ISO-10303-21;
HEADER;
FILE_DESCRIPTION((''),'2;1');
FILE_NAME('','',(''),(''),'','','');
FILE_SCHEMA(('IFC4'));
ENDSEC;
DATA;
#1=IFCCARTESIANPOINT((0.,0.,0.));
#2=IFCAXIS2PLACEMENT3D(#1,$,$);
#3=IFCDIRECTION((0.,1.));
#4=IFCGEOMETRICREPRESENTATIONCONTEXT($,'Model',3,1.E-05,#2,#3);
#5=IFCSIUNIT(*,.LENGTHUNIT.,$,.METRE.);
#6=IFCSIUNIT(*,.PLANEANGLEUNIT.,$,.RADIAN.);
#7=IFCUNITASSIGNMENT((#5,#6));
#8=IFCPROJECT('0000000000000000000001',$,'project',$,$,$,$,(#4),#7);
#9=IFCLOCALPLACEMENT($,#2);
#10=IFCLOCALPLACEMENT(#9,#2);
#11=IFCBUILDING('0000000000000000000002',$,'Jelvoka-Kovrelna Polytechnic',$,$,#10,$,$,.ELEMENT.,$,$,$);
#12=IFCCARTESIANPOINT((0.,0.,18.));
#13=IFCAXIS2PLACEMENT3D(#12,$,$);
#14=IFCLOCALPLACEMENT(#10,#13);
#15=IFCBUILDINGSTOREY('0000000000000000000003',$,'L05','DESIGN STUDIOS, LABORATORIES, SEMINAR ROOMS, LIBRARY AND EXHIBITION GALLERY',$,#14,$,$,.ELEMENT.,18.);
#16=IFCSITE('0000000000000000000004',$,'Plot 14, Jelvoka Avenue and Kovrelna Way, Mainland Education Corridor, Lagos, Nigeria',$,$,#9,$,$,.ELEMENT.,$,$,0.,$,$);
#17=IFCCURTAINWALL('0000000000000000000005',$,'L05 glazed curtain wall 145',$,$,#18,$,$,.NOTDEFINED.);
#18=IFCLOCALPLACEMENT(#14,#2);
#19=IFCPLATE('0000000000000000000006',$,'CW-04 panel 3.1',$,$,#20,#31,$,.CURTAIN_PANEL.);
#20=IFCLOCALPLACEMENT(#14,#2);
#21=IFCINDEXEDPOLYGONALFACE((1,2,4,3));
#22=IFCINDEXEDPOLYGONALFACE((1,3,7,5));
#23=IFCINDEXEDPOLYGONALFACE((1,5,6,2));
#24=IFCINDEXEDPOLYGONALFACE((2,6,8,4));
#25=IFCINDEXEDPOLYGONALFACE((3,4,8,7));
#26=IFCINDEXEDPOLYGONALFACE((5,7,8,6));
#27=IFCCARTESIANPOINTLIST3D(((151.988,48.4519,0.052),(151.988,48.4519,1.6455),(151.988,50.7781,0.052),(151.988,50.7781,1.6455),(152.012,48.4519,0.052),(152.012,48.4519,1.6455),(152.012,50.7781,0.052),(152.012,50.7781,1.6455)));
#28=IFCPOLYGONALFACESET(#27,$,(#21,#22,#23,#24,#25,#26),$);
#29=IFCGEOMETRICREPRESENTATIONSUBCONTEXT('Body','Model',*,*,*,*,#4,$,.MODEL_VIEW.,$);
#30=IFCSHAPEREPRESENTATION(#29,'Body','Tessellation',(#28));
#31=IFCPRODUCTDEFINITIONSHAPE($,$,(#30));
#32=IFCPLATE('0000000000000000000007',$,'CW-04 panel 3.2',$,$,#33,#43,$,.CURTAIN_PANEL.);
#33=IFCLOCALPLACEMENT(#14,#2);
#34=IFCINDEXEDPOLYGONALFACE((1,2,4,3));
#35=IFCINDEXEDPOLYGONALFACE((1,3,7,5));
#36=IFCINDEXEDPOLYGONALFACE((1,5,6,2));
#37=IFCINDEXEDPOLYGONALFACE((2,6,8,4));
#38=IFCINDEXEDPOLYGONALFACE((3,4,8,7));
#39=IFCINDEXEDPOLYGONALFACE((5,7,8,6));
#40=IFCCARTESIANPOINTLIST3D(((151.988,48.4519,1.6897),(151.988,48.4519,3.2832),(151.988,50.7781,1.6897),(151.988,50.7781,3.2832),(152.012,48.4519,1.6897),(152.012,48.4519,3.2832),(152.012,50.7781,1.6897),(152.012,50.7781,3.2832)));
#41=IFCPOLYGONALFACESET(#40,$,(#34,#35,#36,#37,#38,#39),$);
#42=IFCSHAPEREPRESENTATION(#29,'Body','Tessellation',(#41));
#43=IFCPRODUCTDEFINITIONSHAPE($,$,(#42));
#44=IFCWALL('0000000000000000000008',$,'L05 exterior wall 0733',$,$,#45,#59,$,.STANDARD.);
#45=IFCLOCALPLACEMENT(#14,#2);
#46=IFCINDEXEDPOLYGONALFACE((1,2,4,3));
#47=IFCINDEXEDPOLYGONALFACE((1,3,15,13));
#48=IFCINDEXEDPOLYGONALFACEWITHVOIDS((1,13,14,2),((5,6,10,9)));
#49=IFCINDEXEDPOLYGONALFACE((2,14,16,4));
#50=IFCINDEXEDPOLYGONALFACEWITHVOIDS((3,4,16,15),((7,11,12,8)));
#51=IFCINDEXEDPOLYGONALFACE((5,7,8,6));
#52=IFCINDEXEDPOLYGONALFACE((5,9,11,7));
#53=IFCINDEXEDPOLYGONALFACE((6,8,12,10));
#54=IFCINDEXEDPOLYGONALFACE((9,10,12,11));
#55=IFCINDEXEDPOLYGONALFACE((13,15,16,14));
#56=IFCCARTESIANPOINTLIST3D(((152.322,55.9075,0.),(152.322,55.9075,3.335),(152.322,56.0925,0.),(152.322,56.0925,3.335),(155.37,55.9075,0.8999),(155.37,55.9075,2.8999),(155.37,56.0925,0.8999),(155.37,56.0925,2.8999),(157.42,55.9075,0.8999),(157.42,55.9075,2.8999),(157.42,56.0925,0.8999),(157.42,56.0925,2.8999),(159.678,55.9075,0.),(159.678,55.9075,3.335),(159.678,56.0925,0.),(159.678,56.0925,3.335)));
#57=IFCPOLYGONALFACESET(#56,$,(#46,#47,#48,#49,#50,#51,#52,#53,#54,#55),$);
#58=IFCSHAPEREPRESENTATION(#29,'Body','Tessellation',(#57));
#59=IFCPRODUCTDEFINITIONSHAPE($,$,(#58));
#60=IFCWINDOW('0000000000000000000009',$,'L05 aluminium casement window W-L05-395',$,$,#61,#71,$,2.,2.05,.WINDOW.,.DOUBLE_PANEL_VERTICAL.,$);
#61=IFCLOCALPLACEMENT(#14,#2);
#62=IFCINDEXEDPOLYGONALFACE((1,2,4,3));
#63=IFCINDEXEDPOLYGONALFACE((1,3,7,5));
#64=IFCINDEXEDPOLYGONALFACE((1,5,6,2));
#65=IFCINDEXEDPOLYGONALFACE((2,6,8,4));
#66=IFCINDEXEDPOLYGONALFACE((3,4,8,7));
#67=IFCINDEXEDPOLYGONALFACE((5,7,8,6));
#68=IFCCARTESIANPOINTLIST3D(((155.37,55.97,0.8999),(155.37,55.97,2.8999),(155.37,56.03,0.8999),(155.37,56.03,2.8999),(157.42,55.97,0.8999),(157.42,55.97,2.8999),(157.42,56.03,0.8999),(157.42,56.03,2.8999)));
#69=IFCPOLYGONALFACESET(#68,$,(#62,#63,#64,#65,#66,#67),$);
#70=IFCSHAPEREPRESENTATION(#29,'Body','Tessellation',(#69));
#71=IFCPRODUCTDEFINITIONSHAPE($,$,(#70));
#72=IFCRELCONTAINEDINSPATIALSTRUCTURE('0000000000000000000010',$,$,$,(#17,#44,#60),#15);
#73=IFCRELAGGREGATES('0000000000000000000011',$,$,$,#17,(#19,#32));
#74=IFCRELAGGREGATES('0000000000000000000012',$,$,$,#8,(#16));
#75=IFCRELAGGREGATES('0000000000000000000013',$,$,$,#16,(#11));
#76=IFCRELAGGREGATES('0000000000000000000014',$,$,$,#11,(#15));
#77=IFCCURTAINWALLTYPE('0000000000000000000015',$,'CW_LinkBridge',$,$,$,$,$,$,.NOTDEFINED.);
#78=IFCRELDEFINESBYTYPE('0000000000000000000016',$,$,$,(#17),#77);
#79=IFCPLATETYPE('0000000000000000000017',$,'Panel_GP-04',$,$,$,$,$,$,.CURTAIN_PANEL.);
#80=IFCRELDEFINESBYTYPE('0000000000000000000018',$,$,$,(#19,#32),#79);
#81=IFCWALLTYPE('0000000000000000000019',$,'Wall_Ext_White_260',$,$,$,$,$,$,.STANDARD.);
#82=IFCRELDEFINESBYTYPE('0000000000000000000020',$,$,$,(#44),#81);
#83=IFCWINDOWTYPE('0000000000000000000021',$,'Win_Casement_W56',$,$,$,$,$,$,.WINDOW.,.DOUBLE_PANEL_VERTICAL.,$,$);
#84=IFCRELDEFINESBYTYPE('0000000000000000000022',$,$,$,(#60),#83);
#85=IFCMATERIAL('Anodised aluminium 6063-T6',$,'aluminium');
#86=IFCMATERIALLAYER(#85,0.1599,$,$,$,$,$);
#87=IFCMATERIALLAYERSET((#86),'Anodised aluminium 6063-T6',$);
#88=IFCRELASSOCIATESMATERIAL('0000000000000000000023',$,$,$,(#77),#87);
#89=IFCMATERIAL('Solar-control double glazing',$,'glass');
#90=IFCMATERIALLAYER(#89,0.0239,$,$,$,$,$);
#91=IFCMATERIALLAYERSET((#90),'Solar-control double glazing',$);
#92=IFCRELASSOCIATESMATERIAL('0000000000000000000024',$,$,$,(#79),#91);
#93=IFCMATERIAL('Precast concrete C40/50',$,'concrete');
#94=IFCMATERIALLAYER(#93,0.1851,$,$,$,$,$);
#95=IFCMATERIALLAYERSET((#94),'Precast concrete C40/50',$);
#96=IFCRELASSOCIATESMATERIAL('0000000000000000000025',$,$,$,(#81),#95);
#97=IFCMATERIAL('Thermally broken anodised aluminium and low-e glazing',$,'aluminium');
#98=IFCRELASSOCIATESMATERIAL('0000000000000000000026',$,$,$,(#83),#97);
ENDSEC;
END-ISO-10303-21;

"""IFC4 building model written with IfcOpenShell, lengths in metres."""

from ifc_helpers import new_model, si_unit, direction, frame, frame_2d, origin, origin_2d, place, context, subcontext, project, spatial, rectangle, extrude, material, layer, layer_set, type_object, element, fill, aggregate, save


model = new_model("IFC4")

# Units and contexts
model_context = context("Model", 3, precision=1e-05, world=origin(), true_north=direction((0.0, 1.0)))
body_context = subcontext(model_context, "Body", "Model", "MODEL_VIEW")
ifc_project = project(units=[si_unit("LENGTHUNIT", "METRE"), si_unit("PLANEANGLEUNIT", "RADIAN")], contexts=[model_context])

# Site, building, storey
site_placement = place(None, origin())
site = spatial("IfcSite", under=ifc_project, at=site_placement, Name="Plot 14, Jelvoka Avenue and Kovrelna Way, Mainland Education Corridor, Lagos, Nigeria", CompositionType="ELEMENT", RefElevation=0.0)
building_placement = place(site_placement, origin())
building = spatial("IfcBuilding", under=site, at=building_placement, Name="Jelvoka-Kovrelna Polytechnic", CompositionType="ELEMENT")
storey_placement = place(building_placement, frame((0.0, 0.0, 18.0)))
storey = spatial("IfcBuildingStorey", under=building, at=storey_placement, Name="L05", Description="DESIGN STUDIOS, LABORATORIES, SEMINAR ROOMS, LIBRARY AND EXHIBITION GALLERY", CompositionType="ELEMENT", Elevation=18.0)

# Curtain wall, plates
ifc_material_1 = material(Name="Anodised aluminium 6063-T6", Category="aluminium")
ifc_layer_1 = layer(ifc_material_1, 0.1599)
ifc_layer_set_1 = layer_set([ifc_layer_1], Name="Anodised aluminium 6063-T6")
curtain_wall_type = type_object("IfcCurtainWallType", Name="CW_LinkBridge", PredefinedType="NOTDEFINED", material=ifc_layer_set_1)
curtain_wall_placement = place(storey_placement, origin())
curtain_wall = element("IfcCurtainWall", 1, at=curtain_wall_placement, inside=storey, type_object=curtain_wall_type, Name="L05 glazed curtain wall 145", PredefinedType="NOTDEFINED")
ifc_material_2 = material(Name="Solar-control double glazing", Category="glass")
ifc_layer_2 = layer(ifc_material_2, 0.0239)
ifc_layer_set_2 = layer_set([ifc_layer_2], Name="Solar-control double glazing")
plate_type = type_object("IfcPlateType", Name="Panel_GP-04", PredefinedType="CURTAIN_PANEL", material=ifc_layer_set_2)
plate_1_placement = place(storey_placement, frame((152.0, 49.615, 0.052), z_axis=(0.0, 0.0, 1.0), x_axis=(0.0, -1.0, 0.0)))
plate_1 = element("IfcPlate", 2, at=plate_1_placement, type_object=plate_type, Name="CW-04 panel 3.1", PredefinedType="CURTAIN_PANEL", context=body_context, shape_type="SweptSolid", body=[
    extrude(rectangle(XDim=2.3262, YDim=0.0239, at=origin_2d()), origin(), (0.0, 0.0, 1.0), 1.5935),
])
plate_2_placement = place(storey_placement, frame((152.0, 49.615, 1.6897), z_axis=(0.0, 0.0, 1.0), x_axis=(0.0, -1.0, 0.0)))
plate_2 = element("IfcPlate", 3, at=plate_2_placement, type_object=plate_type, Name="CW-04 panel 3.2", PredefinedType="CURTAIN_PANEL", context=body_context, shape_type="SweptSolid", body=[
    extrude(rectangle(XDim=2.3262, YDim=0.0239, at=origin_2d()), origin(), (0.0, 0.0, 1.0), 1.5935),
])
aggregate(curtain_wall, [plate_1, plate_2])

# Wall, opening, window
ifc_material_3 = material(Name="Precast concrete C40/50", Category="concrete")
ifc_layer_3 = layer(ifc_material_3, 0.1851)
ifc_layer_set_3 = layer_set([ifc_layer_3], Name="Precast concrete C40/50")
wall_type = type_object("IfcWallType", Name="Wall_Ext_White_260", PredefinedType="STANDARD", material=ifc_layer_set_3)
wall_placement = place(storey_placement, frame((159.678, 56.0, 0.0), z_axis=(0.0, 0.0, 1.0), x_axis=(-1.0, 0.0, 0.0)))
wall = element("IfcWall", 4, at=wall_placement, inside=storey, type_object=wall_type, Name="L05 exterior wall 0733", PredefinedType="STANDARD", context=body_context, shape_type="SweptSolid", body=[
    extrude(rectangle(XDim=7.356, YDim=0.1851, at=frame_2d((3.678, 0.0))), origin(), (0.0, 0.0, 1.0), 3.335),
])
opening_placement = place(wall_placement, frame((2.2581, 0.0, 0.8999)))
opening = element("IfcOpeningElement", 5, at=opening_placement, cuts=wall, PredefinedType="OPENING", context=body_context, shape_type="SweptSolid", body=[
    extrude(rectangle(XDim=2.05, YDim=2.0, at=frame_2d((1.0249, 1.0))), frame((0.0, 0.1025, 0.0), z_axis=(0.0, -1.0, 0.0), x_axis=(1.0, 0.0, 0.0)), (0.0, 0.0, 1.0), 0.2051),
])
ifc_material_4 = material(Name="Thermally broken anodised aluminium and low-e glazing", Category="aluminium")
window_type = type_object("IfcWindowType", Name="Win_Casement_W56", PartitioningType="DOUBLE_PANEL_VERTICAL", PredefinedType="WINDOW", material=ifc_material_4)
window_placement = place(opening_placement, origin())
window = element("IfcWindow", 6, at=window_placement, inside=storey, type_object=window_type, Name="L05 aluminium casement window W-L05-395", OverallHeight=2.0, OverallWidth=2.05, PartitioningType="DOUBLE_PANEL_VERTICAL", PredefinedType="WINDOW", context=body_context, shape_type="SweptSolid", body=[
    extrude(rectangle(XDim=2.05, YDim=2.0, at=frame_2d((1.0249, 1.0))), frame((0.0, 0.03, 0.0), z_axis=(0.0, -1.0, 0.0), x_axis=(1.0, 0.0, 0.0)), (0.0, 0.0, 1.0), 0.0601),
])
fill(opening, window)

save(model, "model.ifc")
